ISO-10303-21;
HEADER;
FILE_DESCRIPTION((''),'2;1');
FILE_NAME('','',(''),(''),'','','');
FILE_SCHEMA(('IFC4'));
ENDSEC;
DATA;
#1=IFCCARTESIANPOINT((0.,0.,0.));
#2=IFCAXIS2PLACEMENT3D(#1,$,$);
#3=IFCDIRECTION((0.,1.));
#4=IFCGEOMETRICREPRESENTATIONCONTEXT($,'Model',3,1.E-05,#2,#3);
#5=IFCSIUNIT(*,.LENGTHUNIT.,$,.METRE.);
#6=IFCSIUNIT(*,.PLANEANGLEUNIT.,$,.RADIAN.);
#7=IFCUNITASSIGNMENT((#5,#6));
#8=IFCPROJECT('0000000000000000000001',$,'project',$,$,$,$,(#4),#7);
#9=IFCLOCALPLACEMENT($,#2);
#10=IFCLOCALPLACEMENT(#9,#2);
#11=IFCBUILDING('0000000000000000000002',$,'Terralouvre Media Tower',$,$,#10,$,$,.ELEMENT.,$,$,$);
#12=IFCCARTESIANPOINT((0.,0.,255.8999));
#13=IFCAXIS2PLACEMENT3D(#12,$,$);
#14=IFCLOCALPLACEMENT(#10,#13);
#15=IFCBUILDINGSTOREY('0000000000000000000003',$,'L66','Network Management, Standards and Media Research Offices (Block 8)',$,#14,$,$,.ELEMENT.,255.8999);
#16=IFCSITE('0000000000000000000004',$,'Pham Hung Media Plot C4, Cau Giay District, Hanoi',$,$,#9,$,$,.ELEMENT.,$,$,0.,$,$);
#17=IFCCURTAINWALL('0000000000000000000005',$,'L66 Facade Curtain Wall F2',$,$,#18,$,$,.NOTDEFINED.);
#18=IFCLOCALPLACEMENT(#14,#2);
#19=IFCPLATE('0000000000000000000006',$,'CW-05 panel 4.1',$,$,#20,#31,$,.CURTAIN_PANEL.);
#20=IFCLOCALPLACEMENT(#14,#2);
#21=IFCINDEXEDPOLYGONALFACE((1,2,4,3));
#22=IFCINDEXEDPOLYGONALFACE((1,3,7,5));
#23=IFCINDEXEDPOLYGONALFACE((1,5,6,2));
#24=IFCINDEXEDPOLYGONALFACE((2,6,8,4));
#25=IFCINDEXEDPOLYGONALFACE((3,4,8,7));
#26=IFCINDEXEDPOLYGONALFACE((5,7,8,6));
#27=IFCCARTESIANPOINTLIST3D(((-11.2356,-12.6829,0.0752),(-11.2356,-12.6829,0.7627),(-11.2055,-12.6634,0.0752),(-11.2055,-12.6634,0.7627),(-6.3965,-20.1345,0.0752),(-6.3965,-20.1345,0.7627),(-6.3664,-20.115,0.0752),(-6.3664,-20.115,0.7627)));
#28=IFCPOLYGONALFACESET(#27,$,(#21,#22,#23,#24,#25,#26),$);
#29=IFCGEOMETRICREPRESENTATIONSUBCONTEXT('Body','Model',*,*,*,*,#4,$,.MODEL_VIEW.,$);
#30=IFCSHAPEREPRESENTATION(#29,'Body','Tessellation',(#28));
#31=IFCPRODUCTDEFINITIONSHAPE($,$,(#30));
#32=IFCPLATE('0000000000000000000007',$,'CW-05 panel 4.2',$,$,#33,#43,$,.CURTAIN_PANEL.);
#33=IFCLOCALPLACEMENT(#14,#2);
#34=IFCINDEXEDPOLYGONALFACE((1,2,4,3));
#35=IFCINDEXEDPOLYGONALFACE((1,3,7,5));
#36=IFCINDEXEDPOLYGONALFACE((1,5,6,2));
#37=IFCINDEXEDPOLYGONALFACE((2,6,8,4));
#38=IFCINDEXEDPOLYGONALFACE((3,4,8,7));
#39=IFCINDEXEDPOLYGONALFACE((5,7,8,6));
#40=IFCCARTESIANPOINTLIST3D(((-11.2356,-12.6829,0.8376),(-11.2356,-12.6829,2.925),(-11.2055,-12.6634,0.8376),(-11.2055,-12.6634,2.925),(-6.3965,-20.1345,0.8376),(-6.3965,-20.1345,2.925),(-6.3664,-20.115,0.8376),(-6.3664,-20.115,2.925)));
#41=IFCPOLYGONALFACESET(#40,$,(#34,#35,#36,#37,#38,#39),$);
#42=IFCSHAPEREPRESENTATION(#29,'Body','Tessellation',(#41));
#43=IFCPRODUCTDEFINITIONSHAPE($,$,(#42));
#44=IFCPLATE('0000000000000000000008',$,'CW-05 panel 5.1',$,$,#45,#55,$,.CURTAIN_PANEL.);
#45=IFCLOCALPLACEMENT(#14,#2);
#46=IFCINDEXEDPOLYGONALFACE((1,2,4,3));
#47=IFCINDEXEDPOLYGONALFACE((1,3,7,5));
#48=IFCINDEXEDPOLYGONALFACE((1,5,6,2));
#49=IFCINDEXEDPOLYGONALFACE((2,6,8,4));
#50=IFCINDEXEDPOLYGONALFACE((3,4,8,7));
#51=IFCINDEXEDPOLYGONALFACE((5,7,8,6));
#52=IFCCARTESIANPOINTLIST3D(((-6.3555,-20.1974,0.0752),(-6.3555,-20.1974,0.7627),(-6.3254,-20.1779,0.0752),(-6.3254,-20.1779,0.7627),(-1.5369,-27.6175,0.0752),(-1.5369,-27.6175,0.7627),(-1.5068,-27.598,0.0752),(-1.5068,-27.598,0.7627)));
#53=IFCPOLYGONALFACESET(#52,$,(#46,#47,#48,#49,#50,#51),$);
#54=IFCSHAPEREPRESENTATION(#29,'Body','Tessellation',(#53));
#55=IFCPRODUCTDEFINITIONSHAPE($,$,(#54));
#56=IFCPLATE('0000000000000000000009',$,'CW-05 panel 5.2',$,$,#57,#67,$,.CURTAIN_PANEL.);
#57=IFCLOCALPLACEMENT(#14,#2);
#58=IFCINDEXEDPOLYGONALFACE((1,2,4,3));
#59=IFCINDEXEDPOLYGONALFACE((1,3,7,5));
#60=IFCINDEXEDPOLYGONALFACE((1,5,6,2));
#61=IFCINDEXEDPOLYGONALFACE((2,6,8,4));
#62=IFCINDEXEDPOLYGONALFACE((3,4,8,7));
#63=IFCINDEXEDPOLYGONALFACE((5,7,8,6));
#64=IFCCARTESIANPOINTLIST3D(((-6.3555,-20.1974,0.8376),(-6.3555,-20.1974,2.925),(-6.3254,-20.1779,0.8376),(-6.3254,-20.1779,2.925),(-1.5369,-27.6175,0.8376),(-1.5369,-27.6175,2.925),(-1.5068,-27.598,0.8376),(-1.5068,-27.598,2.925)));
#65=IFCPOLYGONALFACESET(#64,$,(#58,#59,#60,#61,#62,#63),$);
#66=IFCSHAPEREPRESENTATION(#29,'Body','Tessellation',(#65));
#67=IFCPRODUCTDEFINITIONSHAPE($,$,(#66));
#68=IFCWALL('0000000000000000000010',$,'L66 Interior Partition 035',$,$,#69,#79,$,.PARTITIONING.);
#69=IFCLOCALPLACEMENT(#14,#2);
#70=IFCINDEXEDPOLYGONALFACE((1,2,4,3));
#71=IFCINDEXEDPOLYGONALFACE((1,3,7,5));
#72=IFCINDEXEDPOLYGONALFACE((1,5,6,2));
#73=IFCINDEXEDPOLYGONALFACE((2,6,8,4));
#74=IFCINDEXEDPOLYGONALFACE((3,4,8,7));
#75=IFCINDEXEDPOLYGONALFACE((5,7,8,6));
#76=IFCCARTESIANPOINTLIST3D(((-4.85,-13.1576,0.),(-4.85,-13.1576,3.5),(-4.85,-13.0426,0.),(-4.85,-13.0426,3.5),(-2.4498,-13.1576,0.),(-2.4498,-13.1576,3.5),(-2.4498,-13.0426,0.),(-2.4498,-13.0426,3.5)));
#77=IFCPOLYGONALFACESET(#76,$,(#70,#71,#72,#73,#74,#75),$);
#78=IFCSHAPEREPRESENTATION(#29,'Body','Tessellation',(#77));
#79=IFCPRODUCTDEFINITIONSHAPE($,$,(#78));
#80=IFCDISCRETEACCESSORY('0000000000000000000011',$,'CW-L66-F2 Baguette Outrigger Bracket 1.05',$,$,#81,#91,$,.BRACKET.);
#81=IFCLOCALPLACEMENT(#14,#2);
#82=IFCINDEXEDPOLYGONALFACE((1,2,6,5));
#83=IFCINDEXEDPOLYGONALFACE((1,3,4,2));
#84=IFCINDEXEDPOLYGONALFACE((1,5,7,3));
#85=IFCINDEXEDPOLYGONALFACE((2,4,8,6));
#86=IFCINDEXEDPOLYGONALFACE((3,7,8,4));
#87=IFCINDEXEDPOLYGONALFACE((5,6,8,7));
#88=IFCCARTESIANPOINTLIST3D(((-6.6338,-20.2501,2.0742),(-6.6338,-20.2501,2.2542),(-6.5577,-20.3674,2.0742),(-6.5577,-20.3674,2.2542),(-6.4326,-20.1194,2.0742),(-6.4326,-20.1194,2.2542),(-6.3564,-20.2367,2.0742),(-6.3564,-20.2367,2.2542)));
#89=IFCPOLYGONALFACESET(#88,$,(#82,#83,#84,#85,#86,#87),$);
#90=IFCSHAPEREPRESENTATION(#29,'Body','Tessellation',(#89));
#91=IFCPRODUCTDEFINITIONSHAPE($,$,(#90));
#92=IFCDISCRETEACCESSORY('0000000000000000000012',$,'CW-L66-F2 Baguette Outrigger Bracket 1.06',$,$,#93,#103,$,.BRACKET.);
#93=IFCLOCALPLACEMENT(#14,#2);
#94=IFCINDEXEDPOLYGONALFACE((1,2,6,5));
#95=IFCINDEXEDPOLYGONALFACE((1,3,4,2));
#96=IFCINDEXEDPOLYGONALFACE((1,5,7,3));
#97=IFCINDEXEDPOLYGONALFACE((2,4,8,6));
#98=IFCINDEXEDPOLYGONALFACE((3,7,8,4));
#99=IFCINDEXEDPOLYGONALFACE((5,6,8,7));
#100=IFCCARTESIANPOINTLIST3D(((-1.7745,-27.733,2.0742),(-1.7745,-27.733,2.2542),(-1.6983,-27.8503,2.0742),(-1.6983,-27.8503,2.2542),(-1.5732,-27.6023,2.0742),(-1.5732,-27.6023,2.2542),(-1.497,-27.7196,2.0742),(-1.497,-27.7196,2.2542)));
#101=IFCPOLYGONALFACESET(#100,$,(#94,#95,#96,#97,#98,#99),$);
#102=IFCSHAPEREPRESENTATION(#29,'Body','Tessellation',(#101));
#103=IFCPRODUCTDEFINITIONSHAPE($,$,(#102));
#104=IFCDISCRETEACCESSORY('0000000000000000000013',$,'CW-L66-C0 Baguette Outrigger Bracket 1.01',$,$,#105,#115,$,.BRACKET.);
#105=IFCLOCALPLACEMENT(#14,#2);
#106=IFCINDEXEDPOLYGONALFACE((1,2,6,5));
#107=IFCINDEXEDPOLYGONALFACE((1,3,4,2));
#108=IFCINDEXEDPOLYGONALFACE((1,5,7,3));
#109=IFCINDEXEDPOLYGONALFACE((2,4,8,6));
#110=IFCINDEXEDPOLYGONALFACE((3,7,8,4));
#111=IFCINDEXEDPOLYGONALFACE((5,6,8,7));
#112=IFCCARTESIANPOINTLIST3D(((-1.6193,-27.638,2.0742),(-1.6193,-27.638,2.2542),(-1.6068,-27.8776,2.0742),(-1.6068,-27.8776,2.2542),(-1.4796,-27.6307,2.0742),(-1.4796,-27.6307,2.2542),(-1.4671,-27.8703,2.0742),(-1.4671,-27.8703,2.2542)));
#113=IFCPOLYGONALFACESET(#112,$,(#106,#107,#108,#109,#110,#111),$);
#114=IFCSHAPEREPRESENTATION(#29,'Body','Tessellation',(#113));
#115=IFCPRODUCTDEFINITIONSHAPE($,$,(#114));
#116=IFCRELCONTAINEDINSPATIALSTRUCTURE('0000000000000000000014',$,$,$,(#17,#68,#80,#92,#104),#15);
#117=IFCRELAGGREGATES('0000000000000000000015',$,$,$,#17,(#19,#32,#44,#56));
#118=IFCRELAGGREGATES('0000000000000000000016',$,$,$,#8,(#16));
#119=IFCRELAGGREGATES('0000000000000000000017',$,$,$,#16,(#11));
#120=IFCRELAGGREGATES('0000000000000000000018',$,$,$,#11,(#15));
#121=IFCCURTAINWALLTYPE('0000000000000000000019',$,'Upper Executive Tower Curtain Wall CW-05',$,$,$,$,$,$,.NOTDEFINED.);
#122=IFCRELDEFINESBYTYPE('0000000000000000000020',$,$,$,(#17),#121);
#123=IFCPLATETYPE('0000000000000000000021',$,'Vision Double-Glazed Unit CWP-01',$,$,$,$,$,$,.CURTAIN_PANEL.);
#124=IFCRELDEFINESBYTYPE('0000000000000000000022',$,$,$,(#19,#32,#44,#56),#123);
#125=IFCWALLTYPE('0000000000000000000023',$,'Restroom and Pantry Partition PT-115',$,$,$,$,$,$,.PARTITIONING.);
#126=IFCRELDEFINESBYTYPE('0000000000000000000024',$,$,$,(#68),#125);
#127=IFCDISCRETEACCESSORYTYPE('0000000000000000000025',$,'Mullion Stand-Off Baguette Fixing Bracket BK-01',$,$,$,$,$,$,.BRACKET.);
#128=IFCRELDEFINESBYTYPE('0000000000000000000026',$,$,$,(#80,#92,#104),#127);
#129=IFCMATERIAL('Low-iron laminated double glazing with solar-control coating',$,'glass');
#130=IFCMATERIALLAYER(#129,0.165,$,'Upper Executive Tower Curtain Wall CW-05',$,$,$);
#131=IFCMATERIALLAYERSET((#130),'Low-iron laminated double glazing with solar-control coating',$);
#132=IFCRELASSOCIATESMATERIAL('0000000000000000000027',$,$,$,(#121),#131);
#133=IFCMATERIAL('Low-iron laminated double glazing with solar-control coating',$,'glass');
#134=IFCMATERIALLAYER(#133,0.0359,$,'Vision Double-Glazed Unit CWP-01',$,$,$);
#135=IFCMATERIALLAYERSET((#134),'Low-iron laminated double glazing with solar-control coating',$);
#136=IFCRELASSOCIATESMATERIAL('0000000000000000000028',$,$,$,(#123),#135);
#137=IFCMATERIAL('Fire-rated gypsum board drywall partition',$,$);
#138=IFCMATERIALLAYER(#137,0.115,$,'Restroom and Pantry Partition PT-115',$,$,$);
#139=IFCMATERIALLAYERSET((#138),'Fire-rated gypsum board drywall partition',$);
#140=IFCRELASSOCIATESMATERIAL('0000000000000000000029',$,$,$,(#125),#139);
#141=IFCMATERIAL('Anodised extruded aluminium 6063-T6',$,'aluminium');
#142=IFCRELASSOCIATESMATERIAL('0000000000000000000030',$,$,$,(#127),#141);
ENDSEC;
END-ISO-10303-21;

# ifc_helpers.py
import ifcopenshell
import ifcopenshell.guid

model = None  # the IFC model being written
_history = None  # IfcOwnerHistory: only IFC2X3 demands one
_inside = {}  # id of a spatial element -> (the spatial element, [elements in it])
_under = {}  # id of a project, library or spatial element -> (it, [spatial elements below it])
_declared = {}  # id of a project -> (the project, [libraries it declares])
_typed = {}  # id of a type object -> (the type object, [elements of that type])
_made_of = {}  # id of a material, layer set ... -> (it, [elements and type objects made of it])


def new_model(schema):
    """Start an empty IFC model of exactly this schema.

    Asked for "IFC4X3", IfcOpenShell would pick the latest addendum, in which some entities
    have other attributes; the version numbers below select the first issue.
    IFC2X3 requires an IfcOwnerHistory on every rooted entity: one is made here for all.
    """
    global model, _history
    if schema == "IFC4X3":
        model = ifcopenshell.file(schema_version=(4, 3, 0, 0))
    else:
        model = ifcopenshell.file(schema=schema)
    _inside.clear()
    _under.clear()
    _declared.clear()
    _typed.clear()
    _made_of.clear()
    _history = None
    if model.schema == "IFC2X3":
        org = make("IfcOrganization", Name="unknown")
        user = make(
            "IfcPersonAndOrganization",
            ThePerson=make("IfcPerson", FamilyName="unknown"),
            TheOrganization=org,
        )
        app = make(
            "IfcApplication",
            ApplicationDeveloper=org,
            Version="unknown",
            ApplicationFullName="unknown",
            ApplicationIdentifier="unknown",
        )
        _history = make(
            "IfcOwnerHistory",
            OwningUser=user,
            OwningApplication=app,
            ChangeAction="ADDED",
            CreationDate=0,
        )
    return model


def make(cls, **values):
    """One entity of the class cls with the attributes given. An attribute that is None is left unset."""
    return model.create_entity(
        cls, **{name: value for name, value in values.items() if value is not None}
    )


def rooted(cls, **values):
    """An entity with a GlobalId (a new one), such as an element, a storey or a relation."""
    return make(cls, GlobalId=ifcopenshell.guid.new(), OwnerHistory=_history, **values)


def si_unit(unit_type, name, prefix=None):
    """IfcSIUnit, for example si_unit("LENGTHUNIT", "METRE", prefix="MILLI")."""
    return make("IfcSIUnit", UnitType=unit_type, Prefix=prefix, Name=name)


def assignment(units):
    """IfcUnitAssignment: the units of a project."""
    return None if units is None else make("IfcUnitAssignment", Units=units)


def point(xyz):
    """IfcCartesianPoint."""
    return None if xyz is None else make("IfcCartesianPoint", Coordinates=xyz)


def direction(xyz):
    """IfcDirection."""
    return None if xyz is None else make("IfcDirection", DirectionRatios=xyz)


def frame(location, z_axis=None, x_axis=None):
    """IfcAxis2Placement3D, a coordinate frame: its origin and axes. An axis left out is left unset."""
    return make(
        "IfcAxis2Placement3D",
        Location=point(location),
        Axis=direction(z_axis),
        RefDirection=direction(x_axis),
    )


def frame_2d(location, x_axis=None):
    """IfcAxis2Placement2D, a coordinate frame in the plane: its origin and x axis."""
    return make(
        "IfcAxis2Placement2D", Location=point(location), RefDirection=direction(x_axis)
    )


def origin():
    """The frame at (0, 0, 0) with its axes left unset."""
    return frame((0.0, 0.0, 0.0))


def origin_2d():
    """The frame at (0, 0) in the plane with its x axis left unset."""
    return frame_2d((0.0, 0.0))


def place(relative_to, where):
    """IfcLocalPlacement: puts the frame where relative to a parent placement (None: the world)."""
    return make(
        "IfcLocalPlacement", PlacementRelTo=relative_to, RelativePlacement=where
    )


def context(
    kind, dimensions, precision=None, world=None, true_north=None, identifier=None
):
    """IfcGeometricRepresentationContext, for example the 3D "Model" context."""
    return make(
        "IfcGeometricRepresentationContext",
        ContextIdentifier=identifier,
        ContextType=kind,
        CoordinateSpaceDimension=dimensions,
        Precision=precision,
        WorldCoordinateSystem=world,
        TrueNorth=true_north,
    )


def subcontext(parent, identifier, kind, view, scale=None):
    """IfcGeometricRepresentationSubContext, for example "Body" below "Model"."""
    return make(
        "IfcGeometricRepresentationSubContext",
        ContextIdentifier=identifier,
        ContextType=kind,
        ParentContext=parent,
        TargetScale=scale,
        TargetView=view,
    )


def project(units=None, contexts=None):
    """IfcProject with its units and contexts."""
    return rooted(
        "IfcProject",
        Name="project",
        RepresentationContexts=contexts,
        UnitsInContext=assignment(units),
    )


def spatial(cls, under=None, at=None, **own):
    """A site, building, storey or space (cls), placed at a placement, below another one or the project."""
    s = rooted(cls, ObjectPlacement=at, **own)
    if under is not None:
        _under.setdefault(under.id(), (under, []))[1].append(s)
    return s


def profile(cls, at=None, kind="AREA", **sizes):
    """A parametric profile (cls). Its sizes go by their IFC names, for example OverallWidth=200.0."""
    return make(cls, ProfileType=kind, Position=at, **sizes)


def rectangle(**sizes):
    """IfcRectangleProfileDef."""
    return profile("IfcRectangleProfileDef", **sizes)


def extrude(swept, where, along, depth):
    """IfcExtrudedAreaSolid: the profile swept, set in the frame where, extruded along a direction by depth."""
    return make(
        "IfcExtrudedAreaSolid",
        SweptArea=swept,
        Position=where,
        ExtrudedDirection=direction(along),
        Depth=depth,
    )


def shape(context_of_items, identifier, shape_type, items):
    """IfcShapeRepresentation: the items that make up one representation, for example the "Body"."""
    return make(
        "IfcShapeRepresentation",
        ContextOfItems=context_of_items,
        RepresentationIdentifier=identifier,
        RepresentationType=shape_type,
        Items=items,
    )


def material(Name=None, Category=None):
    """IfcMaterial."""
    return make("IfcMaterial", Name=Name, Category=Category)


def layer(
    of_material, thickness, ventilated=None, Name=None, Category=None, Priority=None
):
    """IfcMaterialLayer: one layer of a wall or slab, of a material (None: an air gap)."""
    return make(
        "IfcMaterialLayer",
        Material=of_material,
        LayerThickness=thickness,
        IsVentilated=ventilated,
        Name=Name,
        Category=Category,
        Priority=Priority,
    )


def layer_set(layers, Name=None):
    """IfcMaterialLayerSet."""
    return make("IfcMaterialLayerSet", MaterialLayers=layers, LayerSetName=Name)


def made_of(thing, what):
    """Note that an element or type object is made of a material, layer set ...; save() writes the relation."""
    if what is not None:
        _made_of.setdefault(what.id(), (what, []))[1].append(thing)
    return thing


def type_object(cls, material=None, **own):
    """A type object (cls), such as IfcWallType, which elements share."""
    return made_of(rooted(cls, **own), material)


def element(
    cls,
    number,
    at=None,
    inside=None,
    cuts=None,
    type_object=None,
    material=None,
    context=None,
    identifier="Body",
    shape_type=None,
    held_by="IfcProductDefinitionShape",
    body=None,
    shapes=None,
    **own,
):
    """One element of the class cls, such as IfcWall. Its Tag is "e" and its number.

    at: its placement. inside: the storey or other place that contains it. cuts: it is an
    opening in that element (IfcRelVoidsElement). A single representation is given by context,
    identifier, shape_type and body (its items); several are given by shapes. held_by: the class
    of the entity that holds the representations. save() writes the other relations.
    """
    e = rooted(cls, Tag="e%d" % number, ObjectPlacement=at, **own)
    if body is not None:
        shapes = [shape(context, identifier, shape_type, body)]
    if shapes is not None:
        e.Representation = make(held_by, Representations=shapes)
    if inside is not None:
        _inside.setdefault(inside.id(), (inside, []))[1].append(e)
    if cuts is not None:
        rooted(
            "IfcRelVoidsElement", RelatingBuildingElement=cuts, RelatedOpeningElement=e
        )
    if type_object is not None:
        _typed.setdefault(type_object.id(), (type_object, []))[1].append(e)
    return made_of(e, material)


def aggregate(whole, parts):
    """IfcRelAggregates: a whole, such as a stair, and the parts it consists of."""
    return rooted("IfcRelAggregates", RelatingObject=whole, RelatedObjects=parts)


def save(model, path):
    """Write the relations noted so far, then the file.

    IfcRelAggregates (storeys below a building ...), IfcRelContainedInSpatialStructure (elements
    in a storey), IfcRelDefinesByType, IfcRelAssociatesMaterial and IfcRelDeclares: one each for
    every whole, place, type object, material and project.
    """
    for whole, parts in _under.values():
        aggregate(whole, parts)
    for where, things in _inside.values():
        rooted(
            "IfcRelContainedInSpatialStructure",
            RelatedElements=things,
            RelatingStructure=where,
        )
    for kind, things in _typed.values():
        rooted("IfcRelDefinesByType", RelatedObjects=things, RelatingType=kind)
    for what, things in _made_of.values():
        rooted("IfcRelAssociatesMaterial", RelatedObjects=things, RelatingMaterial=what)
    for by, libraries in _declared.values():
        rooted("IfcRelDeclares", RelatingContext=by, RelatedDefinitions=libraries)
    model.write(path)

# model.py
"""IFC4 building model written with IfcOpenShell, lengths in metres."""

from ifc_helpers import new_model, si_unit, direction, frame, frame_2d, origin, origin_2d, place, context, subcontext, project, spatial, rectangle, extrude, material, layer, layer_set, type_object, element, aggregate, save


model = new_model("IFC4")

# Units and contexts
model_context = context("Model", 3, precision=1e-05, world=origin(), true_north=direction((0.0, 1.0)))
body_context = subcontext(model_context, "Body", "Model", "MODEL_VIEW")
ifc_project = project(units=[si_unit("LENGTHUNIT", "METRE"), si_unit("PLANEANGLEUNIT", "RADIAN")], contexts=[model_context])

# Site, building, storey
site_placement = place(None, origin())
site = spatial("IfcSite", under=ifc_project, at=site_placement, Name="Pham Hung Media Plot C4, Cau Giay District, Hanoi", CompositionType="ELEMENT", RefElevation=0.0)
building_placement = place(site_placement, origin())
building = spatial("IfcBuilding", under=site, at=building_placement, Name="Terralouvre Media Tower", CompositionType="ELEMENT")
storey_placement = place(building_placement, frame((0.0, 0.0, 255.8999)))
storey = spatial("IfcBuildingStorey", under=building, at=storey_placement, Name="L66", Description="Network Management, Standards and Media Research Offices (Block 8)", CompositionType="ELEMENT", Elevation=255.8999)

# Curtain wall
ifc_material_1 = material(Name="Low-iron laminated double glazing with solar-control coating", Category="glass")
ifc_layer_1 = layer(ifc_material_1, 0.165, Name="Upper Executive Tower Curtain Wall CW-05")
ifc_layer_set_1 = layer_set([ifc_layer_1], Name="Low-iron laminated double glazing with solar-control coating")
curtain_wall_type_1 = type_object("IfcCurtainWallType", Name="Upper Executive Tower Curtain Wall CW-05", PredefinedType="NOTDEFINED", material=ifc_layer_set_1)
curtain_wall_1_placement = place(storey_placement, origin())
curtain_wall_1 = element("IfcCurtainWall", 1, at=curtain_wall_1_placement, inside=storey, type_object=curtain_wall_type_1, Name="L66 Facade Curtain Wall F2", PredefinedType="NOTDEFINED")

# Plates
ifc_material_2 = material(Name="Low-iron laminated double glazing with solar-control coating", Category="glass")
ifc_layer_2 = layer(ifc_material_2, 0.0359, Name="Vision Double-Glazed Unit CWP-01")
ifc_layer_set_2 = layer_set([ifc_layer_2], Name="Low-iron laminated double glazing with solar-control coating")
plate_type = type_object("IfcPlateType", Name="Vision Double-Glazed Unit CWP-01", PredefinedType="CURTAIN_PANEL", material=ifc_layer_set_2)
plate_1_placement = place(storey_placement, frame((-8.801, -16.3989, 0.0752), z_axis=(0.0, 0.0, 1.0), x_axis=(0.544639, -0.838671, 0.0)))
plate_1 = element("IfcPlate", 2, at=plate_1_placement, type_object=plate_type, Name="CW-05 panel 4.1", PredefinedType="CURTAIN_PANEL", context=body_context, shape_type="SweptSolid", body=[
    extrude(rectangle(XDim=8.885, YDim=0.0359, at=origin_2d()), origin(), (0.0, 0.0, 1.0), 0.6875),
])
plate_2_placement = place(storey_placement, frame((-8.801, -16.3989, 0.8376), z_axis=(0.0, 0.0, 1.0), x_axis=(0.544639, -0.838671, 0.0)))
plate_2 = element("IfcPlate", 3, at=plate_2_placement, type_object=plate_type, Name="CW-05 panel 4.2", PredefinedType="CURTAIN_PANEL", context=body_context, shape_type="SweptSolid", body=[
    extrude(rectangle(XDim=8.885, YDim=0.0359, at=origin_2d()), origin(), (0.0, 0.0, 1.0), 2.0874),
])
plate_3_placement = place(storey_placement, frame((-3.9312, -23.8977, 0.0752), z_axis=(0.0, 0.0, 1.0), x_axis=(0.544639, -0.838671, 0.0)))
plate_3 = element("IfcPlate", 4, at=plate_3_placement, type_object=plate_type, Name="CW-05 panel 5.1", PredefinedType="CURTAIN_PANEL", context=body_context, shape_type="SweptSolid", body=[
    extrude(rectangle(XDim=8.8474, YDim=0.0359, at=origin_2d()), origin(), (0.0, 0.0, 1.0), 0.6875),
])
plate_4_placement = place(storey_placement, frame((-3.9312, -23.8977, 0.8376), z_axis=(0.0, 0.0, 1.0), x_axis=(0.544639, -0.838671, 0.0)))
plate_4 = element("IfcPlate", 5, at=plate_4_placement, type_object=plate_type, Name="CW-05 panel 5.2", PredefinedType="CURTAIN_PANEL", context=body_context, shape_type="SweptSolid", body=[
    extrude(rectangle(XDim=8.8474, YDim=0.0359, at=origin_2d()), origin(), (0.0, 0.0, 1.0), 2.0874),
])
aggregate(curtain_wall_1, [plate_1, plate_2, plate_3, plate_4])

# Wall
ifc_material_3 = material(Name="Fire-rated gypsum board drywall partition")
ifc_layer_3 = layer(ifc_material_3, 0.115, Name="Restroom and Pantry Partition PT-115")
ifc_layer_set_3 = layer_set([ifc_layer_3], Name="Fire-rated gypsum board drywall partition")
wall_type = type_object("IfcWallType", Name="Restroom and Pantry Partition PT-115", PredefinedType="PARTITIONING", material=ifc_layer_set_3)
wall_placement = place(storey_placement, frame((-4.8501, -13.1001, 0.0), z_axis=(0.0, 0.0, 1.0), x_axis=(1.0, 0.0, 0.0)))
element("IfcWall", 6, at=wall_placement, inside=storey, type_object=wall_type, Name="L66 Interior Partition 035", PredefinedType="PARTITIONING", context=body_context, shape_type="SweptSolid", body=[
    extrude(rectangle(XDim=2.4001, YDim=0.115, at=frame_2d((1.2002, 0.0))), origin(), (0.0, 0.0, 1.0), 3.5),
])

# Discrete accessories
ifc_material_4 = material(Name="Anodised extruded aluminium 6063-T6", Category="aluminium")
discrete_accessory_type = type_object("IfcDiscreteAccessoryType", Name="Mullion Stand-Off Baguette Fixing Bracket BK-01", PredefinedType="BRACKET", material=ifc_material_4)
for number, where, z_axis, x_axis, name in (
    (7, (-6.4951, -20.2434, 2.0742), (0.0, 0.0, 1.0), (0.544639, -0.838671, 0.0), "CW-L66-F2 Baguette Outrigger Bracket 1.05"),
    (8, (-1.6357, -27.7263, 2.0742), (0.0, 0.0, 1.0), (0.544639, -0.838671, 0.0), "CW-L66-F2 Baguette Outrigger Bracket 1.06"),
    (9, (-1.5432, -27.7542, 2.0742), (0.0, 0.0, 1.0), (0.99863, 0.052336, 0.0), "CW-L66-C0 Baguette Outrigger Bracket 1.01"),
):
    element("IfcDiscreteAccessory", number, at=place(storey_placement, frame(where, z_axis=z_axis, x_axis=x_axis)), inside=storey, type_object=discrete_accessory_type, Name=name, PredefinedType="BRACKET", context=body_context, shape_type="SweptSolid", body=[
        extrude(rectangle(XDim=0.1399, YDim=0.24, at=origin_2d()), origin(), (0.0, 0.0, 1.0), 0.1799),
    ])

save(model, "model.ifc")
